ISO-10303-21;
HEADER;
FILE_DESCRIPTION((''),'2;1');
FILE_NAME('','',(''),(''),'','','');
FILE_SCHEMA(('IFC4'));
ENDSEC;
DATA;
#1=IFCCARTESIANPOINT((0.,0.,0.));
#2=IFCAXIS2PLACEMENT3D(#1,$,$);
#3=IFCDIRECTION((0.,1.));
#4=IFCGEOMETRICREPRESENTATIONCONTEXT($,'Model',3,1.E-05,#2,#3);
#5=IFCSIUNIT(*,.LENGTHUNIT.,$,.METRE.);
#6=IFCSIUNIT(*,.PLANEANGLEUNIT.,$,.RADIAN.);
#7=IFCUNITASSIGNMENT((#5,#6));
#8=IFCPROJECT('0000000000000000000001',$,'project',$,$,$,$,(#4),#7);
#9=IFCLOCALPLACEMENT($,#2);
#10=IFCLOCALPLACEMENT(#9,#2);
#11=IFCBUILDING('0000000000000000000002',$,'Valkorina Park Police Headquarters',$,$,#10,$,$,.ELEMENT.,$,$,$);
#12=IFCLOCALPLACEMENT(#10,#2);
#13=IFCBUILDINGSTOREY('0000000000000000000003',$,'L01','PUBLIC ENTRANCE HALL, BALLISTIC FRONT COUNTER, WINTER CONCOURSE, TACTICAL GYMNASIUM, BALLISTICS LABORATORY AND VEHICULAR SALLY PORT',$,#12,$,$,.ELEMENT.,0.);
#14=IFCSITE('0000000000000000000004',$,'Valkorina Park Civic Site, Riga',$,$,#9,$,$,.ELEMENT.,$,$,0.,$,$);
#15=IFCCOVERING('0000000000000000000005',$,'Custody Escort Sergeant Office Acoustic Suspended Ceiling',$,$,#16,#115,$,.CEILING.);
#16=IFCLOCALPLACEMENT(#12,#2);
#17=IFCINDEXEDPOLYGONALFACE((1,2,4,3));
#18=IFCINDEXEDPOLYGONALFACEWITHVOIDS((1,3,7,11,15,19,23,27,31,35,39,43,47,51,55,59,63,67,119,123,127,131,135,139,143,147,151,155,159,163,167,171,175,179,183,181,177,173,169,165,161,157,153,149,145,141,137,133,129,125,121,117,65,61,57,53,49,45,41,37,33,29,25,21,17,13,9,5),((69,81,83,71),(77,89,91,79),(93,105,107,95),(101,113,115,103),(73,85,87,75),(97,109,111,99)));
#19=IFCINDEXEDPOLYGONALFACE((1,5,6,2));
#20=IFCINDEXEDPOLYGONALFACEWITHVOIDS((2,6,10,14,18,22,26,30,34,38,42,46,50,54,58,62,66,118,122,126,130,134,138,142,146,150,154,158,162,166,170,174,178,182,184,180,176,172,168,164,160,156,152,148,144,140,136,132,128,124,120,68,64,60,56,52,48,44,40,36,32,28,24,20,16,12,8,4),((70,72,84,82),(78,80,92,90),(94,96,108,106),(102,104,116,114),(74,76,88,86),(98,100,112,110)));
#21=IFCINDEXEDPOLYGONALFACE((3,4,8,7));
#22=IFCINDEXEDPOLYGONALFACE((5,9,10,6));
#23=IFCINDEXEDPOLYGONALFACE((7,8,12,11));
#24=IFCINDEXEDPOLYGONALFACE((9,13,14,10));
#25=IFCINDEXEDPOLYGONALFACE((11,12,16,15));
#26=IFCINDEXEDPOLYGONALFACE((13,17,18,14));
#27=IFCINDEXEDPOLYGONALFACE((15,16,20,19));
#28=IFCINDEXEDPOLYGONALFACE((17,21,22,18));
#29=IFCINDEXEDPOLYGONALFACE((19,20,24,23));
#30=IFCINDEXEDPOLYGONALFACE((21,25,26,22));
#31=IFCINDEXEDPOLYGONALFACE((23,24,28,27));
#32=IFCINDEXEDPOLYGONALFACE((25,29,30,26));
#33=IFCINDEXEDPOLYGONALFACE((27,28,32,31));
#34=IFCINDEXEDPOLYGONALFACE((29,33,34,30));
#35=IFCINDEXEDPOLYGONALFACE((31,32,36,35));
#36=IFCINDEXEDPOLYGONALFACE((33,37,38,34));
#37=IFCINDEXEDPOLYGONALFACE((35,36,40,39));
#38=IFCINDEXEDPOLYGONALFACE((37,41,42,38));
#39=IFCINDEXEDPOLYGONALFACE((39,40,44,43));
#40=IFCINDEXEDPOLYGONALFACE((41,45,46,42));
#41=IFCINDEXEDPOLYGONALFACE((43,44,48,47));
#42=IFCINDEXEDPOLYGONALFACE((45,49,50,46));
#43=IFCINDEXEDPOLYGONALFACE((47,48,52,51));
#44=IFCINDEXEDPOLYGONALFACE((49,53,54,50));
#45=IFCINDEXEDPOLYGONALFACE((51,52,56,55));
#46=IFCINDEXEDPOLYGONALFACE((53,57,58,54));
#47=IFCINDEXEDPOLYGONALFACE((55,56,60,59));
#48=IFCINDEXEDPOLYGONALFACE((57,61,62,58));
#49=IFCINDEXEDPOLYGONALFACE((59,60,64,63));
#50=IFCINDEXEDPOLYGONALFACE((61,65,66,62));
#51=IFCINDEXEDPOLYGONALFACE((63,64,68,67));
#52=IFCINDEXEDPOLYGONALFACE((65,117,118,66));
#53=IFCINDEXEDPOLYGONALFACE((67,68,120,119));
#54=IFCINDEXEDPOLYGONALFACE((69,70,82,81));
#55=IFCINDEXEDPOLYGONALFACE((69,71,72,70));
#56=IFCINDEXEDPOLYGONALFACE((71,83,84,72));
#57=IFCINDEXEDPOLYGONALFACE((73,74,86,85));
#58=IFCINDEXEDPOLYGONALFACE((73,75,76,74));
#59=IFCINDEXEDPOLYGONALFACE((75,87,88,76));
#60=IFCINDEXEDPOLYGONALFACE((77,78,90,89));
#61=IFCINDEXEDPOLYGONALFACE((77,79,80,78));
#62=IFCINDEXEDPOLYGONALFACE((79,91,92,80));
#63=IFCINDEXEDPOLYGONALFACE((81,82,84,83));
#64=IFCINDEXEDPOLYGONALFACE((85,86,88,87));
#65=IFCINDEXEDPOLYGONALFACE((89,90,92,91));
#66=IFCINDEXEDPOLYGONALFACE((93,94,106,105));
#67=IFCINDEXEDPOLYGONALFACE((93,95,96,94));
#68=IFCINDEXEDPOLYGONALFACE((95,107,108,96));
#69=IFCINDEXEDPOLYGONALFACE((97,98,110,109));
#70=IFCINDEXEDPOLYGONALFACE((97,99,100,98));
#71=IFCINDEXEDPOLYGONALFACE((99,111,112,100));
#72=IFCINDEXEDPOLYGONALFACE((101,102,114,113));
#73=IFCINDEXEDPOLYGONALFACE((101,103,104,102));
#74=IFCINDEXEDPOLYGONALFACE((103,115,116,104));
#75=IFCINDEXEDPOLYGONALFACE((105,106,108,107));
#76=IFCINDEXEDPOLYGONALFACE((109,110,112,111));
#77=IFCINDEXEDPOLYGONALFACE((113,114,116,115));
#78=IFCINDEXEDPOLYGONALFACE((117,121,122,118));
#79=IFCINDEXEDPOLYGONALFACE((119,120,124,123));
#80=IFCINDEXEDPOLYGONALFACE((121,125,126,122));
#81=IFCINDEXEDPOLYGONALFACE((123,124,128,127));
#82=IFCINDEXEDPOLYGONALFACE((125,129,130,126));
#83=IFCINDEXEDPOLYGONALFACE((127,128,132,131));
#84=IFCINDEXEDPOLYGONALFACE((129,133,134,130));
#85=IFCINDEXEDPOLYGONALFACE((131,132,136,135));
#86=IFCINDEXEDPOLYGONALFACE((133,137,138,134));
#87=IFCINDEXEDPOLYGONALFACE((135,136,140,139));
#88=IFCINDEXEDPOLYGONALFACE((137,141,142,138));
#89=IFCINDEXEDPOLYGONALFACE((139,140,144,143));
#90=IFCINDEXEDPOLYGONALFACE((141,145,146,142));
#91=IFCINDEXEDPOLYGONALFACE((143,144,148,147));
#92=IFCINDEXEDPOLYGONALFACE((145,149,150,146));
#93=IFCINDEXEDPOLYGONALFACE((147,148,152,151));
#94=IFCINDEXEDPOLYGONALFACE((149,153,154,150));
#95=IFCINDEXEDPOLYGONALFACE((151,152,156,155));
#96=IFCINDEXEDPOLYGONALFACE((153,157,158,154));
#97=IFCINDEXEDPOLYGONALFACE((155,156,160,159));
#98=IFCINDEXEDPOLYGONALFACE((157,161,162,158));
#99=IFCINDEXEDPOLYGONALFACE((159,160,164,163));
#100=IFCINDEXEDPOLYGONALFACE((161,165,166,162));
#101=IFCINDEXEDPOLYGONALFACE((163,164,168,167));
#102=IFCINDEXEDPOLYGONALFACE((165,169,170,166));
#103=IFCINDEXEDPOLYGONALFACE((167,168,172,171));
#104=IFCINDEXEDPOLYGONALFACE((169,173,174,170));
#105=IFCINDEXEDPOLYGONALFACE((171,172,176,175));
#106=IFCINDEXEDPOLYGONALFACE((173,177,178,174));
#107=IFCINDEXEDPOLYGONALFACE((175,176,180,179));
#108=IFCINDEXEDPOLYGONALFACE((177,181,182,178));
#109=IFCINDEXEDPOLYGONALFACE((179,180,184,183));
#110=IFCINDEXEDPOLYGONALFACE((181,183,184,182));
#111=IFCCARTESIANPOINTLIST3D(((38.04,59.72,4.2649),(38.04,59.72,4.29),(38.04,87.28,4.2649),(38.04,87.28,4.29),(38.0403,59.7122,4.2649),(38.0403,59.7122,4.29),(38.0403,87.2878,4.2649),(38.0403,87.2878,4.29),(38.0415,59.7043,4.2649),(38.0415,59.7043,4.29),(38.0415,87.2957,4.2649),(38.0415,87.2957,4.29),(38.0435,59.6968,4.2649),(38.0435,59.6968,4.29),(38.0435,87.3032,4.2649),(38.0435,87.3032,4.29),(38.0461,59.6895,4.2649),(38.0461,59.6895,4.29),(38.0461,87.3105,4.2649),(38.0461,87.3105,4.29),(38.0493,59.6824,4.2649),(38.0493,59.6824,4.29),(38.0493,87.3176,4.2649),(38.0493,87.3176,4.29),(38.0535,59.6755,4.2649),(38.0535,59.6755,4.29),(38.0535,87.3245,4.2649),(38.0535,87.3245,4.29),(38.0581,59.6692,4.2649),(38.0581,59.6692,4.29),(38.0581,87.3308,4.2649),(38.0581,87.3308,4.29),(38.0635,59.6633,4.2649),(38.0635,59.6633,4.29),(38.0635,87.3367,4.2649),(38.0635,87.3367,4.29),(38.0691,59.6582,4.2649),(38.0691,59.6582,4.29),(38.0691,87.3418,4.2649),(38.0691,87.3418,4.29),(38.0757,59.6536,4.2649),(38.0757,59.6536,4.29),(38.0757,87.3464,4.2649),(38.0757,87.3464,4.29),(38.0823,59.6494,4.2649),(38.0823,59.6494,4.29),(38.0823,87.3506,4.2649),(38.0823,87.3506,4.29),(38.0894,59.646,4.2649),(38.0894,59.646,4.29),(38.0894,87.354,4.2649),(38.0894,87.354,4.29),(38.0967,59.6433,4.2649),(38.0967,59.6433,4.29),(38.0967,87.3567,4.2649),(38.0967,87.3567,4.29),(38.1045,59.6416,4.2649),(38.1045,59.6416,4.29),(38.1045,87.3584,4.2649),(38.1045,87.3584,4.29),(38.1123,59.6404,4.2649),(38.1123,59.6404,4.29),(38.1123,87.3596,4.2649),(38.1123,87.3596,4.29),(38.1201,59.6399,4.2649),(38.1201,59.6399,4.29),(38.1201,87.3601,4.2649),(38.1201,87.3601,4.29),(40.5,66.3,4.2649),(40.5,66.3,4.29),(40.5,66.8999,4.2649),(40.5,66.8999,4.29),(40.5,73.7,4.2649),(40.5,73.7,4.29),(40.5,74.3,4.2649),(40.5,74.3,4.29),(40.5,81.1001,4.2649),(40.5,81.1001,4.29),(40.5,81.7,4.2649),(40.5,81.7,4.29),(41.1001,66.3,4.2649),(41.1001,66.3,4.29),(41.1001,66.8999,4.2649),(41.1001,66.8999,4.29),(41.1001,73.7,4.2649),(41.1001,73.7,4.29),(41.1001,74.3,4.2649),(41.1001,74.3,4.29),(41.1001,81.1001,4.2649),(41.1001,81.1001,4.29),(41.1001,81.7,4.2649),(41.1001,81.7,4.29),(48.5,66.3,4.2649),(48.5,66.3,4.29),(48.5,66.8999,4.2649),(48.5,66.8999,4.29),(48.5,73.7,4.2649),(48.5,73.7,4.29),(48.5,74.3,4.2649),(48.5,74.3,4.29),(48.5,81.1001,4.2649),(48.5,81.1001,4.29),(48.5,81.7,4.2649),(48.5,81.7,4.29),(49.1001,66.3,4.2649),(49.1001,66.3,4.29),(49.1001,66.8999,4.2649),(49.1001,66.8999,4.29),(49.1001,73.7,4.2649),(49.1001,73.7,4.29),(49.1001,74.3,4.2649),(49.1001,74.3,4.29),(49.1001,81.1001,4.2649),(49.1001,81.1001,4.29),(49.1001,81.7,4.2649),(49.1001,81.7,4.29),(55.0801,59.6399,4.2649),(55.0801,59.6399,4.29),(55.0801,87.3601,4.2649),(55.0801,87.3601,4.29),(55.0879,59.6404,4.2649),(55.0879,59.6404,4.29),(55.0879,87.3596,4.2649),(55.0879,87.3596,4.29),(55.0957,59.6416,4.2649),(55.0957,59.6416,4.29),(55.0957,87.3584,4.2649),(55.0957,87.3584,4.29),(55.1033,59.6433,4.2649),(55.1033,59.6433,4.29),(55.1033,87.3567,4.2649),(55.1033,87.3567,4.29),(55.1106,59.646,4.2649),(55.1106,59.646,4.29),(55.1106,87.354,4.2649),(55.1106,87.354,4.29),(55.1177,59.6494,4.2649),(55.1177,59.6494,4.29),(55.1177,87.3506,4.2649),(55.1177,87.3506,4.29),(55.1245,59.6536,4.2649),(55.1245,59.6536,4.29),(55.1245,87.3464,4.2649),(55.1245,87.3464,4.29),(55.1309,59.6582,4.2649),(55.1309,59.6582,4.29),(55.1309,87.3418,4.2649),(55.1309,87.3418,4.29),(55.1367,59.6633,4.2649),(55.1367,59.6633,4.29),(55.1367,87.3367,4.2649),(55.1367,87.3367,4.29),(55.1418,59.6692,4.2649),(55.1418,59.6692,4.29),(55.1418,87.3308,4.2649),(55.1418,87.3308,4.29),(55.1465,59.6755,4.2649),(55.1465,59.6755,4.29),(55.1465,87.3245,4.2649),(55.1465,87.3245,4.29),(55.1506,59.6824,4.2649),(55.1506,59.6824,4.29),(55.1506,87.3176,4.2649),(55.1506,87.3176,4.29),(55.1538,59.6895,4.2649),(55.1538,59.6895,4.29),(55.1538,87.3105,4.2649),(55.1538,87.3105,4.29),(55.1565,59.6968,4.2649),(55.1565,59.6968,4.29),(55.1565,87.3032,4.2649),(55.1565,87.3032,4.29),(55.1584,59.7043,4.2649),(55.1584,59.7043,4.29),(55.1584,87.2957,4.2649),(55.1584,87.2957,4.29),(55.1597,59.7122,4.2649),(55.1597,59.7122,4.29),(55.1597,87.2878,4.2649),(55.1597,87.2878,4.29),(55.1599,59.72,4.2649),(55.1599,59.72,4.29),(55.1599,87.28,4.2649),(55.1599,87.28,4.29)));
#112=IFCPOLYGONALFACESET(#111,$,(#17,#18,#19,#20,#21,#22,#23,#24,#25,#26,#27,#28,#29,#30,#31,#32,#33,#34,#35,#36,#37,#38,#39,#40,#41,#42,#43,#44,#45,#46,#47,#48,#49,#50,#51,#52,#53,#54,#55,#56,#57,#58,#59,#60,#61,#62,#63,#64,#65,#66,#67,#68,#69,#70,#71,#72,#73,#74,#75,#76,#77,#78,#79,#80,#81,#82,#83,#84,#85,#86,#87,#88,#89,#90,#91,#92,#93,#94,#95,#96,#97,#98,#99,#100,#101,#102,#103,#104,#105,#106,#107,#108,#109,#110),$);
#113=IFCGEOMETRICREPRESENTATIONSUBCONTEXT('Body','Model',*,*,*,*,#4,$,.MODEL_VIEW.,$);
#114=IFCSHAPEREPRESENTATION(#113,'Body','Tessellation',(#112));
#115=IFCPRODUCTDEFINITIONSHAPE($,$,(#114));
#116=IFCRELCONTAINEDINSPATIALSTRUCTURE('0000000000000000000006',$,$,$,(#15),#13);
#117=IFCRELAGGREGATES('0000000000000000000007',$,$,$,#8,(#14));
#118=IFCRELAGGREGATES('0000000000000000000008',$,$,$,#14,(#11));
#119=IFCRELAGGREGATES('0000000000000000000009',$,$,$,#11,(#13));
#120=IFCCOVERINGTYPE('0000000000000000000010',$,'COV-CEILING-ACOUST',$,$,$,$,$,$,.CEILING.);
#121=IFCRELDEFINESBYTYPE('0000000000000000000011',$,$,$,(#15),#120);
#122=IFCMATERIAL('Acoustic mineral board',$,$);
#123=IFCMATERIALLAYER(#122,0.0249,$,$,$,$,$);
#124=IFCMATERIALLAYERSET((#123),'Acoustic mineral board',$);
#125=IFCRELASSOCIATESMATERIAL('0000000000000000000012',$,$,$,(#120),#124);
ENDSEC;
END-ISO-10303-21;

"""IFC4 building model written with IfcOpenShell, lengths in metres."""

from ifc_helpers import new_model, si_unit, direction, frame, origin, place, context, subcontext, project, spatial, polyline, outline, extrude, material, layer, layer_set, type_object, element, save


model = new_model("IFC4")

# Units and contexts
model_context = context("Model", 3, precision=1e-05, world=origin(), true_north=direction((0.0, 1.0)))
body_context = subcontext(model_context, "Body", "Model", "MODEL_VIEW")
ifc_project = project(units=[si_unit("LENGTHUNIT", "METRE"), si_unit("PLANEANGLEUNIT", "RADIAN")], contexts=[model_context])

# Site, building, storey
site_placement = place(None, origin())
site = spatial("IfcSite", under=ifc_project, at=site_placement, Name="Valkorina Park Civic Site, Riga", CompositionType="ELEMENT", RefElevation=0.0)
building_placement = place(site_placement, origin())
building = spatial("IfcBuilding", under=site, at=building_placement, Name="Valkorina Park Police Headquarters", CompositionType="ELEMENT")
storey_placement = place(building_placement, origin())
storey = spatial("IfcBuildingStorey", under=building, at=storey_placement, Name="L01", Description="PUBLIC ENTRANCE HALL, BALLISTIC FRONT COUNTER, WINTER CONCOURSE, TACTICAL GYMNASIUM, BALLISTICS LABORATORY AND VEHICULAR SALLY PORT", CompositionType="ELEMENT", Elevation=0.0)

# Covering
ifc_material_1 = material(Name="Acoustic mineral board")
ifc_layer_1 = layer(ifc_material_1, 0.0249)
ifc_layer_set_1 = layer_set([ifc_layer_1], Name="Acoustic mineral board")
covering_type_1 = type_object("IfcCoveringType", Name="COV-CEILING-ACOUST", PredefinedType="CEILING", material=ifc_layer_set_1)
covering_1_placement = place(storey_placement, frame((0.0, 0.0, 4.2649)))
element("IfcCovering", 1, at=covering_1_placement, inside=storey, type_object=covering_type_1, Name="Custody Escort Sergeant Office Acoustic Suspended Ceiling", PredefinedType="CEILING", context=body_context, shape_type="SweptSolid", body=[
    extrude(outline(polyline([(55.1584, 59.7043), (55.1597, 59.7122), (55.1599, 59.72), (55.1599, 87.28), (55.1597, 87.2878), (55.1584, 87.2957), (55.1565, 87.3032), (55.1538, 87.3105), (55.1506, 87.3176), (55.1465, 87.3245), (55.1418, 87.3308), (55.1367, 87.3367), (55.1309, 87.3418), (55.1245, 87.3464), (55.1177, 87.3506), (55.1106, 87.354), (55.1033, 87.3567), (55.0957, 87.3584), (55.0879, 87.3596), (55.0801, 87.3601), (38.1201, 87.3601), (38.1123, 87.3596), (38.1045, 87.3584), (38.0967, 87.3567), (38.0894, 87.354), (38.0823, 87.3506), (38.0757, 87.3464), (38.0691, 87.3418), (38.0635, 87.3367), (38.0581, 87.3308), (38.0535, 87.3245), (38.0493, 87.3176), (38.0461, 87.3105), (38.0435, 87.3032), (38.0415, 87.2957), (38.0403, 87.2878), (38.04, 87.28), (38.04, 59.72), (38.0403, 59.7122), (38.0415, 59.7043), (38.0435, 59.6968), (38.0461, 59.6895), (38.0493, 59.6824), (38.0535, 59.6755), (38.0581, 59.6692), (38.0635, 59.6633), (38.0691, 59.6582), (38.0757, 59.6536), (38.0823, 59.6494), (38.0894, 59.646), (38.0967, 59.6433), (38.1045, 59.6416), (38.1123, 59.6404), (38.1201, 59.6399), (55.0801, 59.6399), (55.0879, 59.6404), (55.0957, 59.6416), (55.1033, 59.6433), (55.1106, 59.646), (55.1177, 59.6494), (55.1245, 59.6536), (55.1309, 59.6582), (55.1367, 59.6633), (55.1418, 59.6692), (55.1465, 59.6755), (55.1506, 59.6824), (55.1538, 59.6895), (55.1565, 59.6968), (55.1584, 59.7043)]), holes=[polyline([(49.1001, 81.1001), (48.5, 81.1001), (48.5, 81.7), (49.1001, 81.7), (49.1001, 81.1001)]), polyline([(49.1001, 73.7), (48.5, 73.7), (48.5, 74.3), (49.1001, 74.3), (49.1001, 73.7)]), polyline([(49.1001, 66.3), (48.5, 66.3), (48.5, 66.8999), (49.1001, 66.8999), (49.1001, 66.3)]), polyline([(41.1001, 81.1001), (40.5, 81.1001), (40.5, 81.7), (41.1001, 81.7), (41.1001, 81.1001)]), polyline([(41.1001, 73.7), (40.5, 73.7), (40.5, 74.3), (41.1001, 74.3), (41.1001, 73.7)]), polyline([(41.1001, 66.3), (40.5, 66.3), (40.5, 66.8999), (41.1001, 66.8999), (41.1001, 66.3)])]), origin(), (0.0, 0.0, 1.0), 0.0251),
])

save(model, "model.ifc")
